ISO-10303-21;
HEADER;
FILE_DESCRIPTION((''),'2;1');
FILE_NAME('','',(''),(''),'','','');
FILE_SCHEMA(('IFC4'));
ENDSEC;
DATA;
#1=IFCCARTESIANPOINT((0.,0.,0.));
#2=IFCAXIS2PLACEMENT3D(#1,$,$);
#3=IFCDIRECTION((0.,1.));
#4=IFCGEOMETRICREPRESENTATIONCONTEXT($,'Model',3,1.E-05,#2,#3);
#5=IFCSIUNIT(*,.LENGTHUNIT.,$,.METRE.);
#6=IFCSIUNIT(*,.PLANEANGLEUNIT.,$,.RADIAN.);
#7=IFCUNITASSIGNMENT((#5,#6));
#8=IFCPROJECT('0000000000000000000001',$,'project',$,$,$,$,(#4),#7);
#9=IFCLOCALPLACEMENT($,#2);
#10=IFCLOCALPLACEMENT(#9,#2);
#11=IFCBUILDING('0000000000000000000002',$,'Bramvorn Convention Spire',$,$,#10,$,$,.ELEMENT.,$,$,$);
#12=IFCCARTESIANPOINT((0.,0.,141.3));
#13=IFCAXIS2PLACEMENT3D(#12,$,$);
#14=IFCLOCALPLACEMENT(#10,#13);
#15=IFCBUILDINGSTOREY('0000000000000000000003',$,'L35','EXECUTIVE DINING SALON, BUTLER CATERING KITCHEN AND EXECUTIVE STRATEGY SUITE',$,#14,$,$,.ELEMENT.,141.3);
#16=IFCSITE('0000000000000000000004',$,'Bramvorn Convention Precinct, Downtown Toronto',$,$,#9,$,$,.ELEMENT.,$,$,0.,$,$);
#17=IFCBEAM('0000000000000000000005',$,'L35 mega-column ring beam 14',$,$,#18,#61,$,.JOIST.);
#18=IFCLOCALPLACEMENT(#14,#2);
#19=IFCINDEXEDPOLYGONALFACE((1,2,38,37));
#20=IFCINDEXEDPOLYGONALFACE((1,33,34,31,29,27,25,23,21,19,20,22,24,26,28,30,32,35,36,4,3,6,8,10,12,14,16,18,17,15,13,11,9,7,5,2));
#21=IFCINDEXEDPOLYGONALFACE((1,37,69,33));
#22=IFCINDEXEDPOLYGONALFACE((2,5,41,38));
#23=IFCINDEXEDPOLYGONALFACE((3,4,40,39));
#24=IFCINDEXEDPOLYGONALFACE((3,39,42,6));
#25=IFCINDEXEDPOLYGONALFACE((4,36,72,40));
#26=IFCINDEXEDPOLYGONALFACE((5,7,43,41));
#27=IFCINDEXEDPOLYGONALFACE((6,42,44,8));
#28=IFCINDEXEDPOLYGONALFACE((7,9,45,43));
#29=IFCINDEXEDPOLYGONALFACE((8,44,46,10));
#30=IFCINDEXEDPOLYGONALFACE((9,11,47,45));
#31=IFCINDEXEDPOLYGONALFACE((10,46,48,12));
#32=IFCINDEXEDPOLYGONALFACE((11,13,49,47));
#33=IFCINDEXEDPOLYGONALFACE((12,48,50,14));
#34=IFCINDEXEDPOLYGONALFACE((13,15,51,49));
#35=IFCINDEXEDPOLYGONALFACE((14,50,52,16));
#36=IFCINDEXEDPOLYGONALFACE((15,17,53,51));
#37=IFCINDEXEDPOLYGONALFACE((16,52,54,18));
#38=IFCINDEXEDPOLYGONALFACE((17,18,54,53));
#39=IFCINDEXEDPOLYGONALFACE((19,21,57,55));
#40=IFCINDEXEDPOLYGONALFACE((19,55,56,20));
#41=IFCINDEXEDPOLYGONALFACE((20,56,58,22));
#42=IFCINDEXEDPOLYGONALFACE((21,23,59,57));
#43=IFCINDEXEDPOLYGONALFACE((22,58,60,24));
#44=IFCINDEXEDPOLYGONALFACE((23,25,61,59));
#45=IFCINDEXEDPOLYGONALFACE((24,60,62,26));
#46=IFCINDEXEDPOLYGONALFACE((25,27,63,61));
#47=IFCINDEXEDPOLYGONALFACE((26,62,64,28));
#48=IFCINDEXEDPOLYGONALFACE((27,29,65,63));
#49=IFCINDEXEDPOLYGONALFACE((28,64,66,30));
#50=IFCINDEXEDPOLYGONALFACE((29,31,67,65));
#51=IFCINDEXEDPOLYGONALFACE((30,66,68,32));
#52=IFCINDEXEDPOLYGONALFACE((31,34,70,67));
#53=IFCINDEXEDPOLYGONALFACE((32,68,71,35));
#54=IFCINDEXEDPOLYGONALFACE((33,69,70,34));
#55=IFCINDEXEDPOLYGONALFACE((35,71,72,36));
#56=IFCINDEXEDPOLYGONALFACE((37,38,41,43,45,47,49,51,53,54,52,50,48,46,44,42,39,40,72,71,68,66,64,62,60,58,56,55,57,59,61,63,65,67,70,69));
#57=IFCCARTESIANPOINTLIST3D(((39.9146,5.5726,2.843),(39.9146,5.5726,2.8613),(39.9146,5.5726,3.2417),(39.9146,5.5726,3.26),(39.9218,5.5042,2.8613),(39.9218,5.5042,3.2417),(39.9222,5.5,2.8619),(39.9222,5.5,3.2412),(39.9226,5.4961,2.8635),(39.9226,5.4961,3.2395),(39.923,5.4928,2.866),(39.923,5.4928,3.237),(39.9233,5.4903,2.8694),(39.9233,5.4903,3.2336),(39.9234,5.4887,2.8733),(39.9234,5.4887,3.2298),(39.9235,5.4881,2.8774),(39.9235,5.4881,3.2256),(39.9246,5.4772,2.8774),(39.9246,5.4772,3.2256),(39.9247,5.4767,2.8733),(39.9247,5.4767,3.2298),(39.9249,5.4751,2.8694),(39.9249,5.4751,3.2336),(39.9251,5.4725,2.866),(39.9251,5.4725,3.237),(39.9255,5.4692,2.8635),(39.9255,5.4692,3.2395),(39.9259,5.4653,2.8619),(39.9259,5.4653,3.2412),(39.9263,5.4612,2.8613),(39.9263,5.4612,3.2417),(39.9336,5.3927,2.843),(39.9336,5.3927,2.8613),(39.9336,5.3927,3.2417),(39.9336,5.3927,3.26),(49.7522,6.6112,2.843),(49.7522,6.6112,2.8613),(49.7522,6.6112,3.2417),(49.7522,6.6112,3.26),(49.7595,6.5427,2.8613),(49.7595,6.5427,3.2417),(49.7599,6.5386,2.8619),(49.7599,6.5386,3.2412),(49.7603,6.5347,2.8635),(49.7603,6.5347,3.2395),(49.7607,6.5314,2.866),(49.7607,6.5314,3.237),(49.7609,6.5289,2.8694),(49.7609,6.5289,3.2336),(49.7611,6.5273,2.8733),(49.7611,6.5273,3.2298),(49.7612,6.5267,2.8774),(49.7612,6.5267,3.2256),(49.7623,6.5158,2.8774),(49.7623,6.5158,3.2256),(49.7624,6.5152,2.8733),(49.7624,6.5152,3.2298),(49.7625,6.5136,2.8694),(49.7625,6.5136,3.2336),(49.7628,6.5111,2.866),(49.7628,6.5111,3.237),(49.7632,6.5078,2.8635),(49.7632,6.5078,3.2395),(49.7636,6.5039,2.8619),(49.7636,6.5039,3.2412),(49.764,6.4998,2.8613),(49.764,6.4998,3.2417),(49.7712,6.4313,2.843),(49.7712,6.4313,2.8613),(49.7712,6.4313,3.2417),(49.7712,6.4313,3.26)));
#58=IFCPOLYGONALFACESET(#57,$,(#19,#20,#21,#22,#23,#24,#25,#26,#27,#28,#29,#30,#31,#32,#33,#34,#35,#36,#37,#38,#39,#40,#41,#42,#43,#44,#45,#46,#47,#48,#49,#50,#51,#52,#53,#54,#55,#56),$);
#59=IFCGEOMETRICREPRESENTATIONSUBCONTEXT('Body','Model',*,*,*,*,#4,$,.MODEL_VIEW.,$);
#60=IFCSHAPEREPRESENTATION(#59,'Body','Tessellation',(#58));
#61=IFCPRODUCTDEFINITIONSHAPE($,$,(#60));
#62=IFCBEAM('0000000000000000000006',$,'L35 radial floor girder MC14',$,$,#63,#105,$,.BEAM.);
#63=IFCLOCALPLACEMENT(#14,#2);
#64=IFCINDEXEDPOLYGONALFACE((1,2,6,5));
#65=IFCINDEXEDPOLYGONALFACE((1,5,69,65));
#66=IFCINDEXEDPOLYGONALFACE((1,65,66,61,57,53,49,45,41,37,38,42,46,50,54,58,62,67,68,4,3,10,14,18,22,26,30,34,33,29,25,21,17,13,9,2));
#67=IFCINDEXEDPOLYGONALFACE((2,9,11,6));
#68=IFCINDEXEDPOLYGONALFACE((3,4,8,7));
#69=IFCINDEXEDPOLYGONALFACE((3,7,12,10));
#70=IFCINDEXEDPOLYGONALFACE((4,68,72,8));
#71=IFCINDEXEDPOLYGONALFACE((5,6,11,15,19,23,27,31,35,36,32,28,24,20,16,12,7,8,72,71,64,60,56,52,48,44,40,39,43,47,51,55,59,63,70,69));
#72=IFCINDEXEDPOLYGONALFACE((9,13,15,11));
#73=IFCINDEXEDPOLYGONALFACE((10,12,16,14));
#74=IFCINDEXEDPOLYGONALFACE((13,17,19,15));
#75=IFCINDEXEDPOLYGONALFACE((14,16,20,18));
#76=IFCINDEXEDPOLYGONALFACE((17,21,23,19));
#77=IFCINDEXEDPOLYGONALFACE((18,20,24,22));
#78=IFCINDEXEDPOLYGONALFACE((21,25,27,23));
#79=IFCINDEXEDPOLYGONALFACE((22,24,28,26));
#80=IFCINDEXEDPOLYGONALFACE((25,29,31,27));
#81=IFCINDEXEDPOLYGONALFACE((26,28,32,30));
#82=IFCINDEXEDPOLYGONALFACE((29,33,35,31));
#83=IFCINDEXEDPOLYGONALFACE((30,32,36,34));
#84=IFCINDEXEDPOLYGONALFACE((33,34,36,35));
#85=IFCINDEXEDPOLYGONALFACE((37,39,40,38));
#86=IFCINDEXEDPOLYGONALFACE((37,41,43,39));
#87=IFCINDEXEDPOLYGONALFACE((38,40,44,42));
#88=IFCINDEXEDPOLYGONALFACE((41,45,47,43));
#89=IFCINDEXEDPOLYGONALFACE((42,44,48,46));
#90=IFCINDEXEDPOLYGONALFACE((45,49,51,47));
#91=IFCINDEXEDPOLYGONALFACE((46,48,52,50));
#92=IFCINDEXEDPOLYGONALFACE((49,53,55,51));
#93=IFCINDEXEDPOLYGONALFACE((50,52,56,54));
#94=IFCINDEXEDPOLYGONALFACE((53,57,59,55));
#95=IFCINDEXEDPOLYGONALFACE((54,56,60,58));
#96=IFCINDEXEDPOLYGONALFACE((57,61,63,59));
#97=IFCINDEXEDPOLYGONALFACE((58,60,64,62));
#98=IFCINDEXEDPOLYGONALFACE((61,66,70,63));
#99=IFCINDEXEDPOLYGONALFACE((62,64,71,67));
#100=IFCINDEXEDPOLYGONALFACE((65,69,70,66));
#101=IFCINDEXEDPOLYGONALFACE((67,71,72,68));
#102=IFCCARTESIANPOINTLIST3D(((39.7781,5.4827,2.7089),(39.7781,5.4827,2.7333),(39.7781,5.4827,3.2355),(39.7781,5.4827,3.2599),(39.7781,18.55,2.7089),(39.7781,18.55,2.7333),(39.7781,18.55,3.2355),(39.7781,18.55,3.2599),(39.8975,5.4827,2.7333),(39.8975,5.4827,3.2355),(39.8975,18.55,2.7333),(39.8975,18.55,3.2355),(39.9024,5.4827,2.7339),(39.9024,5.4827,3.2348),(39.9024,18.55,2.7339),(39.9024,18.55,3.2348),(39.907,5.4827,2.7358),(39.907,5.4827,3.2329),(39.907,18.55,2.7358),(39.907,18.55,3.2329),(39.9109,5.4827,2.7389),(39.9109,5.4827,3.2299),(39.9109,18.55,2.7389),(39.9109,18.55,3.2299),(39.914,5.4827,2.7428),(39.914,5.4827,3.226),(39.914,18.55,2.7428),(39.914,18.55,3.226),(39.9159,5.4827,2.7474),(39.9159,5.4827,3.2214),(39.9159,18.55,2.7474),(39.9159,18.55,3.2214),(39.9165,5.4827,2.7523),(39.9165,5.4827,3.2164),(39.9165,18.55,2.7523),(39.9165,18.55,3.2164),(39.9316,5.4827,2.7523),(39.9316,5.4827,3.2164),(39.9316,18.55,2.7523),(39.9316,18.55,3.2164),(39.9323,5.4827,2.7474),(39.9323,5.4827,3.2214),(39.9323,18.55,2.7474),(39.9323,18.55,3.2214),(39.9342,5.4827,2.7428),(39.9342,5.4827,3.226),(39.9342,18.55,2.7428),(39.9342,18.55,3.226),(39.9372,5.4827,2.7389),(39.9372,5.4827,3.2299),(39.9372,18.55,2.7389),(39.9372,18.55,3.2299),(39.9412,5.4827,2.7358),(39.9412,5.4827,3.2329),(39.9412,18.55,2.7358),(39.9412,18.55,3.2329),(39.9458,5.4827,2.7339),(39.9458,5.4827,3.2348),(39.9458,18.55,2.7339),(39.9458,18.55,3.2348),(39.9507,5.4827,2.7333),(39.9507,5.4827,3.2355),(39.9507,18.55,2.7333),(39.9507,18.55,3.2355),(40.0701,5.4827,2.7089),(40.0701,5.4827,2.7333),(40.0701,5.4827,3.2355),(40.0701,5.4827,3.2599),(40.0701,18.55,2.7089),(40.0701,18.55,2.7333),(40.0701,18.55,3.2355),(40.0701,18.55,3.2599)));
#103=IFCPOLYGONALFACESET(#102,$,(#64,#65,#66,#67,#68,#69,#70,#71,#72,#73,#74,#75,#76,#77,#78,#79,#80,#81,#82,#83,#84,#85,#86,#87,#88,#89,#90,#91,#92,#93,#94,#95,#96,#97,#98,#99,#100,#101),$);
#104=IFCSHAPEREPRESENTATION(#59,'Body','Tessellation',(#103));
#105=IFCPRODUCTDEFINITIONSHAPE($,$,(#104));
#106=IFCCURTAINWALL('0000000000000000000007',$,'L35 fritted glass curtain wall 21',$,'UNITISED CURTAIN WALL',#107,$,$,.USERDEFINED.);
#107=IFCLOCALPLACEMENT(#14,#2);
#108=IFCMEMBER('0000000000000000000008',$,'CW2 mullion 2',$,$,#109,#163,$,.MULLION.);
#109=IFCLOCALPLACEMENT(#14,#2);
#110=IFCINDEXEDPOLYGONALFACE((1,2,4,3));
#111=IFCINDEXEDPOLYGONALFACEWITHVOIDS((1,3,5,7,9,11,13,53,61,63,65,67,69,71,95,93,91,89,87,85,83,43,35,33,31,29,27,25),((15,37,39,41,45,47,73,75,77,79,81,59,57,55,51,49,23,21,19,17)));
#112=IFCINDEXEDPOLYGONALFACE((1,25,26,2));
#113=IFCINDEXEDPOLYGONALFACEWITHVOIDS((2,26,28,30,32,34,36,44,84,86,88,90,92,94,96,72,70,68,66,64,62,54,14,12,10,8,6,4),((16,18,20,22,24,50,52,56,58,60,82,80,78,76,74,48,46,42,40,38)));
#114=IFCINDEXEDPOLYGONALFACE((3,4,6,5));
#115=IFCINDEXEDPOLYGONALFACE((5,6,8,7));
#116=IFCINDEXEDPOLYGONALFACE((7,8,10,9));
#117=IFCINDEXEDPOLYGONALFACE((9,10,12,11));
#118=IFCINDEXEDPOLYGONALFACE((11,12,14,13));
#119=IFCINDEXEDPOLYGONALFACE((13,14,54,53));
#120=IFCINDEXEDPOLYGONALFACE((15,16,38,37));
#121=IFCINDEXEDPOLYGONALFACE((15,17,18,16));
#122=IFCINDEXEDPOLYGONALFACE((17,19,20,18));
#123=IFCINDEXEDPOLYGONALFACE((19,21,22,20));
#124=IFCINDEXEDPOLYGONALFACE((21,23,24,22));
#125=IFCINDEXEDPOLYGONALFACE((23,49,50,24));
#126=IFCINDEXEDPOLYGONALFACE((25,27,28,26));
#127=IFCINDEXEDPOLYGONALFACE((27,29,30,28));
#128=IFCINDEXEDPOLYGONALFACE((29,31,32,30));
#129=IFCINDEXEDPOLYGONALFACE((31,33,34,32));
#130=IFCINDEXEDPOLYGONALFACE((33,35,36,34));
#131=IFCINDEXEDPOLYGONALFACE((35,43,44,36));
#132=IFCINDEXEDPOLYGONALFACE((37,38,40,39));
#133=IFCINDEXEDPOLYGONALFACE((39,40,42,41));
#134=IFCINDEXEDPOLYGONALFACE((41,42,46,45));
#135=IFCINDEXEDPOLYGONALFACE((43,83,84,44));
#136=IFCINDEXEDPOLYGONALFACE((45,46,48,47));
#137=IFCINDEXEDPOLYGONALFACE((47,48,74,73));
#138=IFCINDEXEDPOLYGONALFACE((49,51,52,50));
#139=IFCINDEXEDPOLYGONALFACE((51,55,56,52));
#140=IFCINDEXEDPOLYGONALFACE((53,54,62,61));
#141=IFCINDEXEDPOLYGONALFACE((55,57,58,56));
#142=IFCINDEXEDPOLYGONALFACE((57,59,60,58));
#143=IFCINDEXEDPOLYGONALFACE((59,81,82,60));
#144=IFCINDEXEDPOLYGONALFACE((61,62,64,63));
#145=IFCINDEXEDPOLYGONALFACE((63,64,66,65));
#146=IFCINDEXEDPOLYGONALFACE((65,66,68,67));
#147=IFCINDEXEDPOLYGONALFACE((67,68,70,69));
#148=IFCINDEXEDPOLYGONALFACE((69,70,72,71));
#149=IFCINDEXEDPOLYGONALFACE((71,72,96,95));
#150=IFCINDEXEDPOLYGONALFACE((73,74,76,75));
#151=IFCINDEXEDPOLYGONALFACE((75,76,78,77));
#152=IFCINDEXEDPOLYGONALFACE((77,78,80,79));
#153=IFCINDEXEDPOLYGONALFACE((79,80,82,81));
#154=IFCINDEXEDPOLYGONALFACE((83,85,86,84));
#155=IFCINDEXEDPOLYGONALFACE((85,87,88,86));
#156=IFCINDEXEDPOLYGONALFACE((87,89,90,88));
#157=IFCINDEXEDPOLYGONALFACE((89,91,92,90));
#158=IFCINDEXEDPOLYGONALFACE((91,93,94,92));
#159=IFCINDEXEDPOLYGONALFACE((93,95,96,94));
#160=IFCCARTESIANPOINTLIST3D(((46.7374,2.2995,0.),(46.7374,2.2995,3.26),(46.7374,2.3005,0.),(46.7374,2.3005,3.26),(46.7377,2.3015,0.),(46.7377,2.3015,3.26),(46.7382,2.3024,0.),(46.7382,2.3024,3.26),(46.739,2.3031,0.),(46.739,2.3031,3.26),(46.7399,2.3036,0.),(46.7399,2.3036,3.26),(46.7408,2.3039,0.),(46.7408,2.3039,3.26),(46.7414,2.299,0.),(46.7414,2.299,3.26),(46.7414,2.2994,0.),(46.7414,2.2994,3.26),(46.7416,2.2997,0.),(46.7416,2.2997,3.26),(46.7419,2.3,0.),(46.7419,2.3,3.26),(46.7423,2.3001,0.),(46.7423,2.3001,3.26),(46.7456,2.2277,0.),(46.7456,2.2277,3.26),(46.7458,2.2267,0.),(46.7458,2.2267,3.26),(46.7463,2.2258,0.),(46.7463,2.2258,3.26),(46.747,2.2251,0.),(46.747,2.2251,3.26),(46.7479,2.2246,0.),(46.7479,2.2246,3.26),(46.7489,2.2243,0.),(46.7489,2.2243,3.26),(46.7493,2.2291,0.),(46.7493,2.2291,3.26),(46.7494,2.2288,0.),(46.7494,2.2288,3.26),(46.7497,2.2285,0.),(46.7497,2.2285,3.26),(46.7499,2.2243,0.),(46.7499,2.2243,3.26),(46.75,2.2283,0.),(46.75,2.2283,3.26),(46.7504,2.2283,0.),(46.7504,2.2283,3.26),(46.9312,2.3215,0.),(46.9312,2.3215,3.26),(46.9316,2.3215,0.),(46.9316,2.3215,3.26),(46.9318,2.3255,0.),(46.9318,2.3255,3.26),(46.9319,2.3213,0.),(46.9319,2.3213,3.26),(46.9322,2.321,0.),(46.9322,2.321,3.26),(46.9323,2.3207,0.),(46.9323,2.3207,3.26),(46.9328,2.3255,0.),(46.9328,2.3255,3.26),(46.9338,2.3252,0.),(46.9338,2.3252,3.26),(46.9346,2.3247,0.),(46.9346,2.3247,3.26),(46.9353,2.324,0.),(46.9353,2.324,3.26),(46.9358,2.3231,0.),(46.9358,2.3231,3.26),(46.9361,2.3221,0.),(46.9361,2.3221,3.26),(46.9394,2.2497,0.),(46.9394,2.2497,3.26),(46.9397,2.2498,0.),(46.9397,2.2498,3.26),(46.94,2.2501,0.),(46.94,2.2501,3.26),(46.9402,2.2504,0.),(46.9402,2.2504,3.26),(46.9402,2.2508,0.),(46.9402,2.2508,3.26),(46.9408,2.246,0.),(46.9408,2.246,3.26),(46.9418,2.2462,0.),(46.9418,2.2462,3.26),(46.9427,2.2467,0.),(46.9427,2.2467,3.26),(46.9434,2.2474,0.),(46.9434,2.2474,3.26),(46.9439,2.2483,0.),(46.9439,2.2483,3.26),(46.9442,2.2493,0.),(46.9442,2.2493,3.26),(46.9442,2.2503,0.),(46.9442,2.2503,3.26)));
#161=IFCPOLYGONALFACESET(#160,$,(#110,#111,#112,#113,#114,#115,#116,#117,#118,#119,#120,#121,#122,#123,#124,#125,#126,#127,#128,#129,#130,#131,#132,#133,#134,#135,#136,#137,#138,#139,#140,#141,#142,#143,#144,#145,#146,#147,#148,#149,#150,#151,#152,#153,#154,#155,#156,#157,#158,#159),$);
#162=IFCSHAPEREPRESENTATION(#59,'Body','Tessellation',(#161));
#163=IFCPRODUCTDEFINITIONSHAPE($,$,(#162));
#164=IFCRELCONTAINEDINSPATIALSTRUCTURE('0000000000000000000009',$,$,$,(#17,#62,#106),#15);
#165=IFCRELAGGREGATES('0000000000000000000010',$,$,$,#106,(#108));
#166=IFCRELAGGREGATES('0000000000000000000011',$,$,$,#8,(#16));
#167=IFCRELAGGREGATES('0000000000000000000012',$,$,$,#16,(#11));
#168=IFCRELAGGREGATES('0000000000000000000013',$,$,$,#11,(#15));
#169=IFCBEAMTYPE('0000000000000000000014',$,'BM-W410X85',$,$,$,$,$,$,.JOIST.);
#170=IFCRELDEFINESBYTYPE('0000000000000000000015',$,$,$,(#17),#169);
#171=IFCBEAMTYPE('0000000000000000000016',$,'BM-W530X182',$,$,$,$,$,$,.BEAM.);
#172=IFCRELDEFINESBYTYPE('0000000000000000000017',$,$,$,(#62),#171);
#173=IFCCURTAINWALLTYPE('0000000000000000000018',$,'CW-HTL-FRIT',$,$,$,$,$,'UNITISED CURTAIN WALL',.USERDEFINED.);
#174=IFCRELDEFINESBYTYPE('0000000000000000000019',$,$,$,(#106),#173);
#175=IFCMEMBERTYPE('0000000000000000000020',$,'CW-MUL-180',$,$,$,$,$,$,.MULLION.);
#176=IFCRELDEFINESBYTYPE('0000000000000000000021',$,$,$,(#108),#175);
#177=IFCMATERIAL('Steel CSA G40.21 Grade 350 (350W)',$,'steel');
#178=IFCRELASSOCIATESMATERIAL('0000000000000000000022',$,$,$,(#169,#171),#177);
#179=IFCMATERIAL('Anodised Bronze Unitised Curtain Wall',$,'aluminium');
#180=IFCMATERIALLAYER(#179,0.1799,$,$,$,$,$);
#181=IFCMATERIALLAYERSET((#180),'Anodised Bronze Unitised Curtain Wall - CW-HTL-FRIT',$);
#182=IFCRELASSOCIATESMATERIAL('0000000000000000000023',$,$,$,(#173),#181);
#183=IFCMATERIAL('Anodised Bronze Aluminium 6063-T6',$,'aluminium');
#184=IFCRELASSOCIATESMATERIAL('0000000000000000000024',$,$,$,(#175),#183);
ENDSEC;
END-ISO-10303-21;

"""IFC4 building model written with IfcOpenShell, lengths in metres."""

from ifc_helpers import new_model, si_unit, direction, frame, origin, origin_2d, place, context, subcontext, project, spatial, hollow_rectangle, i_section, extrude, material, layer, layer_set, material_profile, profile_set, type_object, element, aggregate, save


model = new_model("IFC4")

# Units and contexts
model_context = context("Model", 3, precision=1e-05, world=origin(), true_north=direction((0.0, 1.0)))
body_context = subcontext(model_context, "Body", "Model", "MODEL_VIEW")
ifc_project = project(units=[si_unit("LENGTHUNIT", "METRE"), si_unit("PLANEANGLEUNIT", "RADIAN")], contexts=[model_context])

# Site, building, storey
site_placement = place(None, origin())
site = spatial("IfcSite", under=ifc_project, at=site_placement, Name="Bramvorn Convention Precinct, Downtown Toronto", CompositionType="ELEMENT", RefElevation=0.0)
building_placement = place(site_placement, origin())
building = spatial("IfcBuilding", under=site, at=building_placement, Name="Bramvorn Convention Spire", CompositionType="ELEMENT")
storey_placement = place(building_placement, frame((0.0, 0.0, 141.3)))
storey = spatial("IfcBuildingStorey", under=building, at=storey_placement, Name="L35", Description="EXECUTIVE DINING SALON, BUTLER CATERING KITCHEN AND EXECUTIVE STRATEGY SUITE", CompositionType="ELEMENT", Elevation=141.3)

# Shared definitions
ifc_material_1 = material(Name="Steel CSA G40.21 Grade 350 (350W)", Category="steel")

# Beams
ifc_material_profile_1 = material_profile(ifc_material_1, i_section(OverallWidth=0.1809, OverallDepth=0.417, WebThickness=0.011, FlangeThickness=0.0183, FilletRadius=0.0161, at=origin_2d()))
ifc_profile_set_1 = profile_set([ifc_material_profile_1], Name="Steel CSA G40.21 Grade 350 (350W) - W410X85")
beam_type_1 = type_object("IfcBeamType", Name="BM-W410X85", PredefinedType="JOIST", material=ifc_profile_set_1)
beam_1_placement = place(storey_placement, frame((39.9241, 5.4827, 3.0515), z_axis=(0.994473, 0.104988, 0.0), x_axis=(-0.104988, 0.994473, 0.0)))
element("IfcBeam", 1, at=beam_1_placement, inside=storey, type_object=beam_type_1, Name="L35 mega-column ring beam 14", PredefinedType="JOIST", context=body_context, shape_type="SweptSolid", body=[
    extrude(i_section(OverallWidth=0.1809, OverallDepth=0.417, WebThickness=0.011, FlangeThickness=0.0183, FilletRadius=0.0161, at=origin_2d()), origin(), (0.0, 0.0, 1.0), 9.8923),
])
ifc_material_profile_2 = material_profile(ifc_material_1, i_section(OverallWidth=0.292, OverallDepth=0.551, WebThickness=0.0151, FlangeThickness=0.0244, FilletRadius=0.019, at=origin_2d()))
ifc_profile_set_2 = profile_set([ifc_material_profile_2], Name="Steel CSA G40.21 Grade 350 (350W) - W530X182")
beam_type_2 = type_object("IfcBeamType", Name="BM-W530X182", PredefinedType="BEAM", material=ifc_profile_set_2)
beam_2_placement = place(storey_placement, frame((39.9241, 18.55, 2.9844), z_axis=(0.0, -1.0, 0.0), x_axis=(1.0, 0.0, 0.0)))
element("IfcBeam", 2, at=beam_2_placement, inside=storey, type_object=beam_type_2, Name="L35 radial floor girder MC14", PredefinedType="BEAM", context=body_context, shape_type="SweptSolid", body=[
    extrude(i_section(OverallWidth=0.292, OverallDepth=0.551, WebThickness=0.0151, FlangeThickness=0.0244, FilletRadius=0.019, at=origin_2d()), origin(), (0.0, 0.0, 1.0), 13.0674),
])

# Curtain wall, member
ifc_material_2 = material(Name="Anodised Bronze Unitised Curtain Wall", Category="aluminium")
ifc_layer_1 = layer(ifc_material_2, 0.1799)
ifc_layer_set_1 = layer_set([ifc_layer_1], Name="Anodised Bronze Unitised Curtain Wall - CW-HTL-FRIT")
curtain_wall_type = type_object("IfcCurtainWallType", Name="CW-HTL-FRIT", ElementType="UNITISED CURTAIN WALL", PredefinedType="USERDEFINED", material=ifc_layer_set_1)
curtain_wall_placement = place(storey_placement, origin())
curtain_wall = element("IfcCurtainWall", 3, at=curtain_wall_placement, inside=storey, type_object=curtain_wall_type, Name="L35 fritted glass curtain wall 21", ObjectType="UNITISED CURTAIN WALL", PredefinedType="USERDEFINED")
ifc_material_3 = material(Name="Anodised Bronze Aluminium 6063-T6", Category="aluminium")
ifc_material_profile_3 = material_profile(ifc_material_3, hollow_rectangle(XDim=0.0801, YDim=0.2, WallThickness=0.0039, InnerFilletRadius=0.001, OuterFilletRadius=0.0039, at=origin_2d()))
ifc_profile_set_3 = profile_set([ifc_material_profile_3], Name="Anodised Bronze Aluminium 6063-T6 - CWM80X200")
member_type_1 = type_object("IfcMemberType", Name="CW-MUL-180", PredefinedType="MULLION", material=ifc_profile_set_3)
member_1_placement = place(storey_placement, frame((46.8408, 2.2749, 0.0), z_axis=(0.0, 0.0, 1.0), x_axis=(0.112784, -0.99362, 0.0)))
member_1 = element("IfcMember", 4, at=member_1_placement, type_object=member_type_1, Name="CW2 mullion 2", PredefinedType="MULLION", context=body_context, shape_type="SweptSolid", body=[
    extrude(hollow_rectangle(XDim=0.0801, YDim=0.2, WallThickness=0.0039, InnerFilletRadius=0.001, OuterFilletRadius=0.0039, at=origin_2d()), origin(), (0.0, 0.0, 1.0), 3.26),
])
aggregate(curtain_wall, [member_1])

save(model, "model.ifc")
